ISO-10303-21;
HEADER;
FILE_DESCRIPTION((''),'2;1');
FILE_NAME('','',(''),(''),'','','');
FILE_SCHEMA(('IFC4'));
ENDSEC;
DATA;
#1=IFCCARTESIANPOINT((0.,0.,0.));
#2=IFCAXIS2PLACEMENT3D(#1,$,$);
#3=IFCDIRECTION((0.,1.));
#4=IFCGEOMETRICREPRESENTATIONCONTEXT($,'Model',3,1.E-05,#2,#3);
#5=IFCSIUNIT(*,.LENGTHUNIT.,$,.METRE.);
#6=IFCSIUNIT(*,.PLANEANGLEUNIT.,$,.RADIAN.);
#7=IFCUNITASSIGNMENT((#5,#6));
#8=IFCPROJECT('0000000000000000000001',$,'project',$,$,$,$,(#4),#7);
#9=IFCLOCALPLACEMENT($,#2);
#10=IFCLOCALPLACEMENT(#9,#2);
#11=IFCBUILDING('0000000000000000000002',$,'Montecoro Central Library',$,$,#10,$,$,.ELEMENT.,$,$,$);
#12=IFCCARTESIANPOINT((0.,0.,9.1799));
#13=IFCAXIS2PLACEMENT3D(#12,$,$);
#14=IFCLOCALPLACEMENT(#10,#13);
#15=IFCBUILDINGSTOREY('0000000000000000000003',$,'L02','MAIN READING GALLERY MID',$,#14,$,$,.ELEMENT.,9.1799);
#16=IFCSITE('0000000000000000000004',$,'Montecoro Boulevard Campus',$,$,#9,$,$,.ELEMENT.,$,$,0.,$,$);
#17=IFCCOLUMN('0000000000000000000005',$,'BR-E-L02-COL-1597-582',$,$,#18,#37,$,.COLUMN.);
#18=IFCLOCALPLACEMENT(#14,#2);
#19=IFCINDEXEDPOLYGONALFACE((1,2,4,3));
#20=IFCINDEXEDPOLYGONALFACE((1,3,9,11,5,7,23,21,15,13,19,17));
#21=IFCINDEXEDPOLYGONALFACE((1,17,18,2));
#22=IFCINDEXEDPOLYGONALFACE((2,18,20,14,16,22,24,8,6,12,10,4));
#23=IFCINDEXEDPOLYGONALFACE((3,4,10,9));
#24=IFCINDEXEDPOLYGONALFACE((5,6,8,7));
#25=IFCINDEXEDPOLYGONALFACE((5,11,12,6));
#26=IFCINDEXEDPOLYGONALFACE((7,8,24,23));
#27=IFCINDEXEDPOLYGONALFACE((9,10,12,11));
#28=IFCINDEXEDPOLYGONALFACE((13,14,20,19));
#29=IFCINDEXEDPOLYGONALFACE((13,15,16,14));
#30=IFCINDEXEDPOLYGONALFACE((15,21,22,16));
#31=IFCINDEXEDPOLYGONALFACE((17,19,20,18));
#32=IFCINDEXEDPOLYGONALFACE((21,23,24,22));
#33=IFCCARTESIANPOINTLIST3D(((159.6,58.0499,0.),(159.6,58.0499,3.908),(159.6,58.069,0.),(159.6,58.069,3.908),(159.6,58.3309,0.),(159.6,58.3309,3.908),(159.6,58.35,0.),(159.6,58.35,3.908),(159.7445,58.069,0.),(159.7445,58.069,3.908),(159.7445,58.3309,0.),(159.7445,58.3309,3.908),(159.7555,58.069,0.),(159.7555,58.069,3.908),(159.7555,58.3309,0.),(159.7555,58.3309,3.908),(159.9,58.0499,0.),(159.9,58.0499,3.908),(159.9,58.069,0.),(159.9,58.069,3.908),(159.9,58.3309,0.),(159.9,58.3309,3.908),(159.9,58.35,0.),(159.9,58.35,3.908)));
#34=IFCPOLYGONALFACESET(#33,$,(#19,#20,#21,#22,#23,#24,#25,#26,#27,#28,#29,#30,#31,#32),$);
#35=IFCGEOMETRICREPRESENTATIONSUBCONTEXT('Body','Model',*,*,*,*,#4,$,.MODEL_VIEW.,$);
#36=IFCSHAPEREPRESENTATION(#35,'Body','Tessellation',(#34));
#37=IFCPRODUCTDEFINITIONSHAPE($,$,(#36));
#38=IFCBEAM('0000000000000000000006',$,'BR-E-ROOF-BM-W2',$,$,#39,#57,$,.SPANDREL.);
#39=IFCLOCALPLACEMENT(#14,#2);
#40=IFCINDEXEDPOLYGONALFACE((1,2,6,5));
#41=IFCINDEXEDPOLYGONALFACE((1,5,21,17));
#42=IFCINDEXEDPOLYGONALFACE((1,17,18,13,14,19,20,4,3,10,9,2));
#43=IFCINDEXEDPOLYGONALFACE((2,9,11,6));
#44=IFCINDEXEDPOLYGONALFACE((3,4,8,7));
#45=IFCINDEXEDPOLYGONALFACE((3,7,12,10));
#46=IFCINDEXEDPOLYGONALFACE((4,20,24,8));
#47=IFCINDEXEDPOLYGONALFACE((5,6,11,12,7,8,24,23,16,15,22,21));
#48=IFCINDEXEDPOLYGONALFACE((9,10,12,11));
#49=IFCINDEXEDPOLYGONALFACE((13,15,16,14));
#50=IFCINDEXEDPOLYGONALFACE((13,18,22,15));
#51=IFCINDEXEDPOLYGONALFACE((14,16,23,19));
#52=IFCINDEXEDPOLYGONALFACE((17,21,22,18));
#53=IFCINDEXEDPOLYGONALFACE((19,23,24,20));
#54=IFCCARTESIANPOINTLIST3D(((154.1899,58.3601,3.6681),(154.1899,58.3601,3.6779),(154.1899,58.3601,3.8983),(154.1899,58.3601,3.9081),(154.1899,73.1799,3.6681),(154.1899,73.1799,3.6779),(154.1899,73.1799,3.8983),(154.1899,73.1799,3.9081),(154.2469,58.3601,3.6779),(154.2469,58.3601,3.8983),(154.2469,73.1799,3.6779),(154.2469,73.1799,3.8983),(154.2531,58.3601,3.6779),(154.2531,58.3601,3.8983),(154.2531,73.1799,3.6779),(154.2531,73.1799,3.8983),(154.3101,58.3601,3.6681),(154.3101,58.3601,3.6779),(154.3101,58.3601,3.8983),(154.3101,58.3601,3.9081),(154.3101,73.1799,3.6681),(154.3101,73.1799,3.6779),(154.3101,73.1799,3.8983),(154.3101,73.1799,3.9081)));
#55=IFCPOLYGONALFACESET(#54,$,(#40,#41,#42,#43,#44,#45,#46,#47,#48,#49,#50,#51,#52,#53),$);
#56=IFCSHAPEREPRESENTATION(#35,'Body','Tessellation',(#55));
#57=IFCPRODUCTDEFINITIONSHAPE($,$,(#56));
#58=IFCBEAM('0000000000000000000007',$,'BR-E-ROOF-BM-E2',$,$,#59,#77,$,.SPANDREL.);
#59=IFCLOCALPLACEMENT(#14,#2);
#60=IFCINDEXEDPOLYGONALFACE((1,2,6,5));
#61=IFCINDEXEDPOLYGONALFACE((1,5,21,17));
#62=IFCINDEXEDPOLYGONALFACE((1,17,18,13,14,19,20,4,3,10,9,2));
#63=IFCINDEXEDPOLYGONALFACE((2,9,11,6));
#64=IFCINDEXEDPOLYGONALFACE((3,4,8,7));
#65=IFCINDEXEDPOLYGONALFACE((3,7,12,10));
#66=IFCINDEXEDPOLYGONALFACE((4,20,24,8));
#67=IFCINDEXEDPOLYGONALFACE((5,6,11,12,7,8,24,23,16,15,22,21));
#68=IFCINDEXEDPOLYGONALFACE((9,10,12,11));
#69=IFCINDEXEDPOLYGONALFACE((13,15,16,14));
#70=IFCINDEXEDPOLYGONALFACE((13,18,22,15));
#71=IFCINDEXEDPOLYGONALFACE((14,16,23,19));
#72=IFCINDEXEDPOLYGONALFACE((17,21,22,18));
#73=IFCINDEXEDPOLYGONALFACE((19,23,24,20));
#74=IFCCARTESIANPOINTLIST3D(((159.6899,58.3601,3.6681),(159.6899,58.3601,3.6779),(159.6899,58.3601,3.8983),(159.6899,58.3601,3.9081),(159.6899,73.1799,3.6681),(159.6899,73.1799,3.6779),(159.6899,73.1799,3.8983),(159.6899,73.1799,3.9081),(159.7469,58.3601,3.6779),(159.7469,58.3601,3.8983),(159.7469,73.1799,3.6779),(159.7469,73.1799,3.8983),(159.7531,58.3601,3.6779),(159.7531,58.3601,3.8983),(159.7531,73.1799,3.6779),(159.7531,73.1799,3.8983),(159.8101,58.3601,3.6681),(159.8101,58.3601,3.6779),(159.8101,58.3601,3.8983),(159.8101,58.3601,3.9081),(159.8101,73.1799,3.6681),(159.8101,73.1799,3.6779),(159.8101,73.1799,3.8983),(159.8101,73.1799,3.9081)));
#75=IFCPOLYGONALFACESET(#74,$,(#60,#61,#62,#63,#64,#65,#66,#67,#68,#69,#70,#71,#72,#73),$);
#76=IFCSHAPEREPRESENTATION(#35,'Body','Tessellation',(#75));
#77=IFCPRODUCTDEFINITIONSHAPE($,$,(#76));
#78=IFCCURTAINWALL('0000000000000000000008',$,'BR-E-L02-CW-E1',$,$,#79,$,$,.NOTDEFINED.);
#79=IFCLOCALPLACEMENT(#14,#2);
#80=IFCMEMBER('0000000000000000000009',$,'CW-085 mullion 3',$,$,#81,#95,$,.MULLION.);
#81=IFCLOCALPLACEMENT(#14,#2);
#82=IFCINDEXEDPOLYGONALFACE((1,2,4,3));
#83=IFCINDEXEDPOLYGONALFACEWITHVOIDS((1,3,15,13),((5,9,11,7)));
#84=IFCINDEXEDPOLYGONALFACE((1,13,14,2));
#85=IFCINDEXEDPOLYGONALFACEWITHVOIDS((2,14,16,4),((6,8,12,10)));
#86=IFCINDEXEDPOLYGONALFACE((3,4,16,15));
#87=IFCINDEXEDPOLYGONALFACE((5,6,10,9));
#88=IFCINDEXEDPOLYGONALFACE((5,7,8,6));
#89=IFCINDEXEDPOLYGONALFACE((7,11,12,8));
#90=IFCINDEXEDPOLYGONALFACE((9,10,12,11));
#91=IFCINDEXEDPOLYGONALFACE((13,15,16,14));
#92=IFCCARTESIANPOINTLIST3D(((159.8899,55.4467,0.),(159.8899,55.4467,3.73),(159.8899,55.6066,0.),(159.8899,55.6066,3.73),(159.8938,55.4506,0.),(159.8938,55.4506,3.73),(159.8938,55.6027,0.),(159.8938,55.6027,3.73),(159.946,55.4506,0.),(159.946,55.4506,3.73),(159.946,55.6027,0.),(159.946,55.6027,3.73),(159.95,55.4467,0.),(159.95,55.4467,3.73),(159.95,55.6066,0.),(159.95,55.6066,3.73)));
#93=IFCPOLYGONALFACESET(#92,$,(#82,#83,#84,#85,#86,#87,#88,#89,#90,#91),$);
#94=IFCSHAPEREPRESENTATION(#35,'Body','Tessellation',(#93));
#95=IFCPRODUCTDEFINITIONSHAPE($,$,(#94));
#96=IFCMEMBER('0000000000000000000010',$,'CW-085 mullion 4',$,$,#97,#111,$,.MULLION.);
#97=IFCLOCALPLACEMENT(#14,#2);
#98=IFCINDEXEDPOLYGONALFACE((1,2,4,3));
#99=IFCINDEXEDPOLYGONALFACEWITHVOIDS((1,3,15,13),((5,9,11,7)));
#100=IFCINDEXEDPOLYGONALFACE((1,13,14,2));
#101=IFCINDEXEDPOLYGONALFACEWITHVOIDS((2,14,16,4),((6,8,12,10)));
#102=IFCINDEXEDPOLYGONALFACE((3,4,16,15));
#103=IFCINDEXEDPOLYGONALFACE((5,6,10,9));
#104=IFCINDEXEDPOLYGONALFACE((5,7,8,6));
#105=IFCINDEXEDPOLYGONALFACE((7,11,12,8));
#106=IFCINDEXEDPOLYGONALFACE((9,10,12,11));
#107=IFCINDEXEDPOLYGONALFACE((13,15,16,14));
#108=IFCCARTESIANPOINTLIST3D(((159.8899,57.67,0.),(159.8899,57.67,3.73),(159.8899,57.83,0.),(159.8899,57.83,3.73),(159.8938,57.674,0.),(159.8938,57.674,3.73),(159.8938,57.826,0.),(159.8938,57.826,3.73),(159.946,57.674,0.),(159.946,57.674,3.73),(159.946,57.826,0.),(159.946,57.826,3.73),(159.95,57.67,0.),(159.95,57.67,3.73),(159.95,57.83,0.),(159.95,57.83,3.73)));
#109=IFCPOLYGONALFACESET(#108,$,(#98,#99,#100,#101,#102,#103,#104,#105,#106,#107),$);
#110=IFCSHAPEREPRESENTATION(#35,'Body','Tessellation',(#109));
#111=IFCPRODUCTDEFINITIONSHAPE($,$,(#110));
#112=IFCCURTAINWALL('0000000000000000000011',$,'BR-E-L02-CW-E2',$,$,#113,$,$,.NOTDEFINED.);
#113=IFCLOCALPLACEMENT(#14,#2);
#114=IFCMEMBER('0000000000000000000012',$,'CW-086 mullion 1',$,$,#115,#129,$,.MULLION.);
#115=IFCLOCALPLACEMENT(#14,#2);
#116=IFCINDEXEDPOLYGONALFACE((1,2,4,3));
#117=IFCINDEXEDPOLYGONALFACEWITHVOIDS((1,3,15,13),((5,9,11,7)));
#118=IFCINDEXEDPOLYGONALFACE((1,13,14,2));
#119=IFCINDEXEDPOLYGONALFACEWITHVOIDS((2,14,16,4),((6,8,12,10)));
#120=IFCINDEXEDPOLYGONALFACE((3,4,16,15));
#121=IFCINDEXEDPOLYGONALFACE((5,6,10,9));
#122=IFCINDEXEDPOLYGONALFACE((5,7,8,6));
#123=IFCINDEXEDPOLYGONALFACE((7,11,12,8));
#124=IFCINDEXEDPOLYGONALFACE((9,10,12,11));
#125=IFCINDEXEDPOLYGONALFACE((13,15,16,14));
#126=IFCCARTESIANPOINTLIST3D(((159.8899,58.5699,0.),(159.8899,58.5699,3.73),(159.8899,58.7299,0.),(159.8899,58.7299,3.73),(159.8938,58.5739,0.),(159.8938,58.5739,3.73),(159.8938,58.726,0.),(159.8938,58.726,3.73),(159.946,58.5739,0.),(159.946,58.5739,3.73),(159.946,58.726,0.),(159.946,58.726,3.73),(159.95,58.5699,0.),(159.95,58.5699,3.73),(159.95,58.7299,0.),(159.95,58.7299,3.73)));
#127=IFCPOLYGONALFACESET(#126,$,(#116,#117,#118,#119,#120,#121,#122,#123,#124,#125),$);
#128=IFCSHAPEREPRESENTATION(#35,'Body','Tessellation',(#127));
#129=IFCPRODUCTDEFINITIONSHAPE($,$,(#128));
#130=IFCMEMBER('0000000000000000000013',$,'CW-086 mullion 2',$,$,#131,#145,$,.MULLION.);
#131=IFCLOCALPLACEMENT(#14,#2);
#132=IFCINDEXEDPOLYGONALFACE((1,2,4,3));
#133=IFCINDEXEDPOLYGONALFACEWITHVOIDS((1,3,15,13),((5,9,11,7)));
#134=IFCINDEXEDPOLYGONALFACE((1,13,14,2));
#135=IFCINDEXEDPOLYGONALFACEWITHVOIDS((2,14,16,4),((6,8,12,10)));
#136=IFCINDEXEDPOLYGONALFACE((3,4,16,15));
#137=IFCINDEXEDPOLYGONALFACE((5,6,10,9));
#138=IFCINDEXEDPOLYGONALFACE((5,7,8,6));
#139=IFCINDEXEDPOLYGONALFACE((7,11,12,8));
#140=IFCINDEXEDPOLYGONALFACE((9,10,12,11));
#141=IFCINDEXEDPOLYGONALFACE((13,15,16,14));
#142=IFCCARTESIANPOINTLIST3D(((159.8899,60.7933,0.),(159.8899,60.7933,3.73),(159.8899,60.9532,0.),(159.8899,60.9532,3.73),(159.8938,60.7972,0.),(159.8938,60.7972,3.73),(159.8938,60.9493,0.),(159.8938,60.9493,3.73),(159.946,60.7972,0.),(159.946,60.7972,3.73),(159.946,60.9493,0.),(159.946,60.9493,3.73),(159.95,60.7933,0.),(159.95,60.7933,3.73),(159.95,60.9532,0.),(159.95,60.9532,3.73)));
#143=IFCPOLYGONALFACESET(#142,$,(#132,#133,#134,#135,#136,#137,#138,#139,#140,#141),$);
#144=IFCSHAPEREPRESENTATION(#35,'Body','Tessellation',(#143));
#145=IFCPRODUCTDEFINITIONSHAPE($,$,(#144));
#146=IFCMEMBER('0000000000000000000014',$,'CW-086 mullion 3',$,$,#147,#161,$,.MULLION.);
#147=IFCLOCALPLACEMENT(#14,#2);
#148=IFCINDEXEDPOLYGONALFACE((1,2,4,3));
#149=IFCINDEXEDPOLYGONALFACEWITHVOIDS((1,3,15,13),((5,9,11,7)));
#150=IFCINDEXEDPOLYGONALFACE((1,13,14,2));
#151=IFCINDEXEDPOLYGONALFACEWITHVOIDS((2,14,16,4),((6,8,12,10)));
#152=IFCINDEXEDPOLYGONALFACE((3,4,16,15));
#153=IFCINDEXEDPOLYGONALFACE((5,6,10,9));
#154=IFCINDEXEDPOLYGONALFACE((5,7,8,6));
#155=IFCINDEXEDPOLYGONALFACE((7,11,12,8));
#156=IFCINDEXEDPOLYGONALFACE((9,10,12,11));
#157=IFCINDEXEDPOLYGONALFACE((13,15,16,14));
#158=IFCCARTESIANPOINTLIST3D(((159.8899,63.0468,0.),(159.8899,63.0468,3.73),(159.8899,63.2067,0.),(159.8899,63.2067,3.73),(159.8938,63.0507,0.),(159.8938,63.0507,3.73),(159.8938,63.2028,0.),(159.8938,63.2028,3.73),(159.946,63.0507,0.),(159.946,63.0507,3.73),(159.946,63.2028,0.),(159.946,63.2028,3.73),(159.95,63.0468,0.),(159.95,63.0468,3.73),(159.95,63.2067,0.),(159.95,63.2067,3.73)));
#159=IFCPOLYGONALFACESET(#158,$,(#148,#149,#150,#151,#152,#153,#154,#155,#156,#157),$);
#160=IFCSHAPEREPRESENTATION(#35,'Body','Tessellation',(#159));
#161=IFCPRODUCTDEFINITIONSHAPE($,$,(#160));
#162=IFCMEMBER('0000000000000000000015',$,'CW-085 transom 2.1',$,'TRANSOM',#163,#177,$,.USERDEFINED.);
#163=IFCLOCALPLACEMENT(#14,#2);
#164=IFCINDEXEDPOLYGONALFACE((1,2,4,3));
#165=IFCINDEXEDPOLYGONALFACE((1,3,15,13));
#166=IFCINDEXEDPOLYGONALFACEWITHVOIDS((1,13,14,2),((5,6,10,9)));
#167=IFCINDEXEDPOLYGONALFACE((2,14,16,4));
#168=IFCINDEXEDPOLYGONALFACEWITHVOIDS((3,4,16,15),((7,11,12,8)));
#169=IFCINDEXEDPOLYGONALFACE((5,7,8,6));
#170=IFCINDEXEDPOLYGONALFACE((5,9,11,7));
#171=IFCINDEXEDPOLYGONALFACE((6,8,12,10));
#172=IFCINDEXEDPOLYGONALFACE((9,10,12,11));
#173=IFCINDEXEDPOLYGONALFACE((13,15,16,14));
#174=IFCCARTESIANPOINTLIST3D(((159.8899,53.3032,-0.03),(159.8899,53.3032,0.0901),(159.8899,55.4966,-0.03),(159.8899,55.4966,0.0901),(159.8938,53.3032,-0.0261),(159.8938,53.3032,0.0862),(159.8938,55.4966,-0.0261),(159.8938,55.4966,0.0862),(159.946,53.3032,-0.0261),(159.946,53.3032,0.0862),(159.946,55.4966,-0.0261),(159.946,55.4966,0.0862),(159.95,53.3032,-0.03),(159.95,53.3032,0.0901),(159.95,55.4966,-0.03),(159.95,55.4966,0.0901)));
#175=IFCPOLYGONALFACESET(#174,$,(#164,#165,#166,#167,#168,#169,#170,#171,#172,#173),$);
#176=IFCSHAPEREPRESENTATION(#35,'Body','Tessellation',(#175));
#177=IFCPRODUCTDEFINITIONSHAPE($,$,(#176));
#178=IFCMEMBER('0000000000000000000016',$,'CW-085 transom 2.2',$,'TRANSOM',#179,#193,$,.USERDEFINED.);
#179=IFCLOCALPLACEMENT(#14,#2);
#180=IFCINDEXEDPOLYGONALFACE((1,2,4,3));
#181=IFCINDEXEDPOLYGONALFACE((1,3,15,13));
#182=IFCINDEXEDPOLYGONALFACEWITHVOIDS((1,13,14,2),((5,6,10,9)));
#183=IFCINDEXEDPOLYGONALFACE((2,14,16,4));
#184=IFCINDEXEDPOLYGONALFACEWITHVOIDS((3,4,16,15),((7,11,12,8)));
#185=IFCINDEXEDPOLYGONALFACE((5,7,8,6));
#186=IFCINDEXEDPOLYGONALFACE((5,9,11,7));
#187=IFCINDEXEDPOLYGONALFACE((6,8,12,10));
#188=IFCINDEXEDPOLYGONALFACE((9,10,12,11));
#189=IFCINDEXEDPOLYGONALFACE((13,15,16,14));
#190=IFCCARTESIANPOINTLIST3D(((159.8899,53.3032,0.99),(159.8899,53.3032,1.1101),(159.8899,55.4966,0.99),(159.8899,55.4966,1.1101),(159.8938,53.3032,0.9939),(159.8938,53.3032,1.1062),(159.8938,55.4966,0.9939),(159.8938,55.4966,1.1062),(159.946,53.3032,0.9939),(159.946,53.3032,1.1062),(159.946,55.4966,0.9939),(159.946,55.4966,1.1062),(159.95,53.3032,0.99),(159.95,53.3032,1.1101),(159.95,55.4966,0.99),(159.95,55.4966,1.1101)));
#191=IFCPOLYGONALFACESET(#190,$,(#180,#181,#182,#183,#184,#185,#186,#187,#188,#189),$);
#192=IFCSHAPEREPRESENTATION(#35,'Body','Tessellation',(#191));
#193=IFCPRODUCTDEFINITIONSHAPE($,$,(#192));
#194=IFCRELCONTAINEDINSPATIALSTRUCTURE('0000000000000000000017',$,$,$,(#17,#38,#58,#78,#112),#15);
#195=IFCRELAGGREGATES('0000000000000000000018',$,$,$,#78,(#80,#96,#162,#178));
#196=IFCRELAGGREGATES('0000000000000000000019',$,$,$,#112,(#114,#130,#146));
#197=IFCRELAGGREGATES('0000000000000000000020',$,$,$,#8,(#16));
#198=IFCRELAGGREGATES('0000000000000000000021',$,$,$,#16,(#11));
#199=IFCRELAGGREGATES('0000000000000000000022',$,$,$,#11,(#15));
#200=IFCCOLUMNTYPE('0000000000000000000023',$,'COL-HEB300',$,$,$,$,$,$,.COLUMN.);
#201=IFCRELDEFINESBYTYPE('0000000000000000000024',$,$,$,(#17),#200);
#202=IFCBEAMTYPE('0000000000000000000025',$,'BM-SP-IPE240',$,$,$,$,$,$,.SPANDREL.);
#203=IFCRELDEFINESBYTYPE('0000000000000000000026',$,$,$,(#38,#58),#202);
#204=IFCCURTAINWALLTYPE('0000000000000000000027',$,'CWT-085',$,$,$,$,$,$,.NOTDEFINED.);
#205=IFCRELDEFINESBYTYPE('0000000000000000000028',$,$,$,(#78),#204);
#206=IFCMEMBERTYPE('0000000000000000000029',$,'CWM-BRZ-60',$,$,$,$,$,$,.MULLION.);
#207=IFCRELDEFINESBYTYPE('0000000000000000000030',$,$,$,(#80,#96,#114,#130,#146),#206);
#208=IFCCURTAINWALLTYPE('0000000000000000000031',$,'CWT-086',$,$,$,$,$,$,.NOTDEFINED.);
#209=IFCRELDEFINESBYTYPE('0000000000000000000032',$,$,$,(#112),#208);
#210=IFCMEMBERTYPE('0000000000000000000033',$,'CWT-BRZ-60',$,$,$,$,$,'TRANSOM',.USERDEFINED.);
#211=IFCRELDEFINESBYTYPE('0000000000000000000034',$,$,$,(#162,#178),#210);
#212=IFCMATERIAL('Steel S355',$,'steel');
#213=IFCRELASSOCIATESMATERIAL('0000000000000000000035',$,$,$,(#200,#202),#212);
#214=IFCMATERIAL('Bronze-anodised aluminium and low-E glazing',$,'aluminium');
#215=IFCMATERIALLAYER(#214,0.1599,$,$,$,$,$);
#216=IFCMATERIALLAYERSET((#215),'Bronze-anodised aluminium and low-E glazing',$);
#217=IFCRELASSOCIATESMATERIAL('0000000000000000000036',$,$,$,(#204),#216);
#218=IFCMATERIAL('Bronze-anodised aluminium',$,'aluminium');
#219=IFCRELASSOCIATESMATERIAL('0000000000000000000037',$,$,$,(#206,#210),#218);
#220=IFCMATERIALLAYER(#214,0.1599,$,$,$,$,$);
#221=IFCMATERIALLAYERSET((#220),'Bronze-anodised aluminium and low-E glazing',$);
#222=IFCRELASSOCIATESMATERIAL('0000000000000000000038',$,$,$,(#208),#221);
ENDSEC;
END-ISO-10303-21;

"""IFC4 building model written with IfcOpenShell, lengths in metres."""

from ifc_helpers import new_model, si_unit, direction, frame, origin, origin_2d, place, context, subcontext, project, spatial, hollow_rectangle, i_section, extrude, material, layer, layer_set, material_profile, profile_set, type_object, element, aggregate, save


model = new_model("IFC4")

# Units and contexts
model_context = context("Model", 3, precision=1e-05, world=origin(), true_north=direction((0.0, 1.0)))
body_context = subcontext(model_context, "Body", "Model", "MODEL_VIEW")
ifc_project = project(units=[si_unit("LENGTHUNIT", "METRE"), si_unit("PLANEANGLEUNIT", "RADIAN")], contexts=[model_context])

# Site, building, storey
site_placement = place(None, origin())
site = spatial("IfcSite", under=ifc_project, at=site_placement, Name="Montecoro Boulevard Campus", CompositionType="ELEMENT", RefElevation=0.0)
building_placement = place(site_placement, origin())
building = spatial("IfcBuilding", under=site, at=building_placement, Name="Montecoro Central Library", CompositionType="ELEMENT")
storey_placement = place(building_placement, frame((0.0, 0.0, 9.1799)))
storey = spatial("IfcBuildingStorey", under=building, at=storey_placement, Name="L02", Description="MAIN READING GALLERY MID", CompositionType="ELEMENT", Elevation=9.1799)

# Column
ifc_material_1 = material(Name="Steel S355", Category="steel")
ifc_material_profile_1 = material_profile(ifc_material_1, i_section(OverallWidth=0.3, OverallDepth=0.3, WebThickness=0.011, FlangeThickness=0.019, at=origin_2d()), Name="HEB 300")
ifc_profile_set_1 = profile_set([ifc_material_profile_1], Name="Steel S355")
column_type = type_object("IfcColumnType", Name="COL-HEB300", PredefinedType="COLUMN", material=ifc_profile_set_1)
column_placement = place(storey_placement, frame((159.75, 58.2, 0.0), z_axis=(0.0, 0.0, 1.0), x_axis=(1.0, 0.0, 0.0)))
element("IfcColumn", 1, at=column_placement, inside=storey, type_object=column_type, Name="BR-E-L02-COL-1597-582", PredefinedType="COLUMN", context=body_context, shape_type="SweptSolid", body=[
    extrude(i_section(OverallWidth=0.3, OverallDepth=0.3, WebThickness=0.011, FlangeThickness=0.019, at=origin_2d()), origin(), (0.0, 0.0, 1.0), 3.908),
])

# Beams
ifc_material_profile_2 = material_profile(ifc_material_1, i_section(OverallWidth=0.1201, OverallDepth=0.24, WebThickness=0.0061, FlangeThickness=0.0098, at=origin_2d()), Name="IPE 240")
ifc_profile_set_2 = profile_set([ifc_material_profile_2], Name="Steel S355")
beam_type = type_object("IfcBeamType", Name="BM-SP-IPE240", PredefinedType="SPANDREL", material=ifc_profile_set_2)
for number, where, z_axis, x_axis, name in (
    (2, (154.25, 58.3601, 3.7881), (0.0, 1.0, 0.0), (-1.0, 0.0, 0.0), "BR-E-ROOF-BM-W2"),
    (3, (159.75, 58.3601, 3.7881), (0.0, 1.0, 0.0), (-1.0, 0.0, 0.0), "BR-E-ROOF-BM-E2"),
):
    element("IfcBeam", number, at=place(storey_placement, frame(where, z_axis=z_axis, x_axis=x_axis)), inside=storey, type_object=beam_type, Name=name, PredefinedType="SPANDREL", context=body_context, shape_type="SweptSolid", body=[
        extrude(i_section(OverallWidth=0.1201, OverallDepth=0.24, WebThickness=0.0061, FlangeThickness=0.0098, at=origin_2d()), origin(), (0.0, 0.0, 1.0), 14.8198),
    ])

# Curtain walls, members
ifc_material_2 = material(Name="Bronze-anodised aluminium and low-E glazing", Category="aluminium")
ifc_layer_1 = layer(ifc_material_2, 0.1599)
ifc_layer_set_1 = layer_set([ifc_layer_1], Name="Bronze-anodised aluminium and low-E glazing")
curtain_wall_type_1 = type_object("IfcCurtainWallType", Name="CWT-085", PredefinedType="NOTDEFINED", material=ifc_layer_set_1)
curtain_wall_1_placement = place(storey_placement, origin())
curtain_wall_1 = element("IfcCurtainWall", 4, at=curtain_wall_1_placement, inside=storey, type_object=curtain_wall_type_1, Name="BR-E-L02-CW-E1", PredefinedType="NOTDEFINED")
ifc_material_3 = material(Name="Bronze-anodised aluminium", Category="aluminium")
ifc_material_profile_3 = material_profile(ifc_material_3, hollow_rectangle(XDim=0.0601, YDim=0.1599, WallThickness=0.0039, at=origin_2d()), Name="CWM 160x60x4.0")
ifc_profile_set_3 = profile_set([ifc_material_profile_3], Name="Bronze-anodised aluminium")
member_type_1 = type_object("IfcMemberType", Name="CWM-BRZ-60", PredefinedType="MULLION", material=ifc_profile_set_3)
member_1_placement = place(storey_placement, frame((159.9199, 55.5266, 0.0), z_axis=(0.0, 0.0, 1.0), x_axis=(-1.0, 0.0, 0.0)))
member_1 = element("IfcMember", 5, at=member_1_placement, type_object=member_type_1, Name="CW-085 mullion 3", PredefinedType="MULLION", context=body_context, shape_type="SweptSolid", body=[
    extrude(hollow_rectangle(XDim=0.0601, YDim=0.1599, WallThickness=0.0039, at=origin_2d()), origin(), (0.0, 0.0, 1.0), 3.73),
])
member_2_placement = place(storey_placement, frame((159.9199, 57.75, 0.0), z_axis=(0.0, 0.0, 1.0), x_axis=(-1.0, 0.0, 0.0)))
member_2 = element("IfcMember", 6, at=member_2_placement, type_object=member_type_1, Name="CW-085 mullion 4", PredefinedType="MULLION", context=body_context, shape_type="SweptSolid", body=[
    extrude(hollow_rectangle(XDim=0.0601, YDim=0.1599, WallThickness=0.0039, at=origin_2d()), origin(), (0.0, 0.0, 1.0), 3.73),
])
ifc_layer_2 = layer(ifc_material_2, 0.1599)
ifc_layer_set_2 = layer_set([ifc_layer_2], Name="Bronze-anodised aluminium and low-E glazing")
curtain_wall_type_2 = type_object("IfcCurtainWallType", Name="CWT-086", PredefinedType="NOTDEFINED", material=ifc_layer_set_2)
curtain_wall_2_placement = place(storey_placement, origin())
curtain_wall_2 = element("IfcCurtainWall", 7, at=curtain_wall_2_placement, inside=storey, type_object=curtain_wall_type_2, Name="BR-E-L02-CW-E2", PredefinedType="NOTDEFINED")
member_3_placement = place(storey_placement, frame((159.9199, 58.6499, 0.0), z_axis=(0.0, 0.0, 1.0), x_axis=(-1.0, 0.0, 0.0)))
member_3 = element("IfcMember", 8, at=member_3_placement, type_object=member_type_1, Name="CW-086 mullion 1", PredefinedType="MULLION", context=body_context, shape_type="SweptSolid", body=[
    extrude(hollow_rectangle(XDim=0.0601, YDim=0.1599, WallThickness=0.0039, at=origin_2d()), origin(), (0.0, 0.0, 1.0), 3.73),
])
member_4_placement = place(storey_placement, frame((159.9199, 60.8733, 0.0), z_axis=(0.0, 0.0, 1.0), x_axis=(-1.0, 0.0, 0.0)))
member_4 = element("IfcMember", 9, at=member_4_placement, type_object=member_type_1, Name="CW-086 mullion 2", PredefinedType="MULLION", context=body_context, shape_type="SweptSolid", body=[
    extrude(hollow_rectangle(XDim=0.0601, YDim=0.1599, WallThickness=0.0039, at=origin_2d()), origin(), (0.0, 0.0, 1.0), 3.73),
])
member_5_placement = place(storey_placement, frame((159.9199, 63.1267, 0.0), z_axis=(0.0, 0.0, 1.0), x_axis=(-1.0, 0.0, 0.0)))
member_5 = element("IfcMember", 10, at=member_5_placement, type_object=member_type_1, Name="CW-086 mullion 3", PredefinedType="MULLION", context=body_context, shape_type="SweptSolid", body=[
    extrude(hollow_rectangle(XDim=0.0601, YDim=0.1599, WallThickness=0.0039, at=origin_2d()), origin(), (0.0, 0.0, 1.0), 3.73),
])

# Members
ifc_material_profile_4 = material_profile(ifc_material_3, hollow_rectangle(XDim=0.0601, YDim=0.1201, WallThickness=0.0039, at=origin_2d()), Name="CWT 120x60x4.0")
ifc_profile_set_4 = profile_set([ifc_material_profile_4], Name="Bronze-anodised aluminium")
member_type_2 = type_object("IfcMemberType", Name="CWT-BRZ-60", ElementType="TRANSOM", PredefinedType="USERDEFINED", material=ifc_profile_set_4)
member_6_placement = place(storey_placement, frame((159.9199, 53.3032, 0.03), z_axis=(0.0, 1.0, 0.0), x_axis=(-1.0, 0.0, 0.0)))
member_6 = element("IfcMember", 11, at=member_6_placement, type_object=member_type_2, Name="CW-085 transom 2.1", ObjectType="TRANSOM", PredefinedType="USERDEFINED", context=body_context, shape_type="SweptSolid", body=[
    extrude(hollow_rectangle(XDim=0.0601, YDim=0.1201, WallThickness=0.0039, at=origin_2d()), origin(), (0.0, 0.0, 1.0), 2.1934),
])
member_7_placement = place(storey_placement, frame((159.9199, 53.3032, 1.05), z_axis=(0.0, 1.0, 0.0), x_axis=(-1.0, 0.0, 0.0)))
member_7 = element("IfcMember", 12, at=member_7_placement, type_object=member_type_2, Name="CW-085 transom 2.2", ObjectType="TRANSOM", PredefinedType="USERDEFINED", context=body_context, shape_type="SweptSolid", body=[
    extrude(hollow_rectangle(XDim=0.0601, YDim=0.1201, WallThickness=0.0039, at=origin_2d()), origin(), (0.0, 0.0, 1.0), 2.1934),
])

aggregate(curtain_wall_1, [member_1, member_2, member_6, member_7])
aggregate(curtain_wall_2, [member_3, member_4, member_5])

save(model, "model.ifc")
